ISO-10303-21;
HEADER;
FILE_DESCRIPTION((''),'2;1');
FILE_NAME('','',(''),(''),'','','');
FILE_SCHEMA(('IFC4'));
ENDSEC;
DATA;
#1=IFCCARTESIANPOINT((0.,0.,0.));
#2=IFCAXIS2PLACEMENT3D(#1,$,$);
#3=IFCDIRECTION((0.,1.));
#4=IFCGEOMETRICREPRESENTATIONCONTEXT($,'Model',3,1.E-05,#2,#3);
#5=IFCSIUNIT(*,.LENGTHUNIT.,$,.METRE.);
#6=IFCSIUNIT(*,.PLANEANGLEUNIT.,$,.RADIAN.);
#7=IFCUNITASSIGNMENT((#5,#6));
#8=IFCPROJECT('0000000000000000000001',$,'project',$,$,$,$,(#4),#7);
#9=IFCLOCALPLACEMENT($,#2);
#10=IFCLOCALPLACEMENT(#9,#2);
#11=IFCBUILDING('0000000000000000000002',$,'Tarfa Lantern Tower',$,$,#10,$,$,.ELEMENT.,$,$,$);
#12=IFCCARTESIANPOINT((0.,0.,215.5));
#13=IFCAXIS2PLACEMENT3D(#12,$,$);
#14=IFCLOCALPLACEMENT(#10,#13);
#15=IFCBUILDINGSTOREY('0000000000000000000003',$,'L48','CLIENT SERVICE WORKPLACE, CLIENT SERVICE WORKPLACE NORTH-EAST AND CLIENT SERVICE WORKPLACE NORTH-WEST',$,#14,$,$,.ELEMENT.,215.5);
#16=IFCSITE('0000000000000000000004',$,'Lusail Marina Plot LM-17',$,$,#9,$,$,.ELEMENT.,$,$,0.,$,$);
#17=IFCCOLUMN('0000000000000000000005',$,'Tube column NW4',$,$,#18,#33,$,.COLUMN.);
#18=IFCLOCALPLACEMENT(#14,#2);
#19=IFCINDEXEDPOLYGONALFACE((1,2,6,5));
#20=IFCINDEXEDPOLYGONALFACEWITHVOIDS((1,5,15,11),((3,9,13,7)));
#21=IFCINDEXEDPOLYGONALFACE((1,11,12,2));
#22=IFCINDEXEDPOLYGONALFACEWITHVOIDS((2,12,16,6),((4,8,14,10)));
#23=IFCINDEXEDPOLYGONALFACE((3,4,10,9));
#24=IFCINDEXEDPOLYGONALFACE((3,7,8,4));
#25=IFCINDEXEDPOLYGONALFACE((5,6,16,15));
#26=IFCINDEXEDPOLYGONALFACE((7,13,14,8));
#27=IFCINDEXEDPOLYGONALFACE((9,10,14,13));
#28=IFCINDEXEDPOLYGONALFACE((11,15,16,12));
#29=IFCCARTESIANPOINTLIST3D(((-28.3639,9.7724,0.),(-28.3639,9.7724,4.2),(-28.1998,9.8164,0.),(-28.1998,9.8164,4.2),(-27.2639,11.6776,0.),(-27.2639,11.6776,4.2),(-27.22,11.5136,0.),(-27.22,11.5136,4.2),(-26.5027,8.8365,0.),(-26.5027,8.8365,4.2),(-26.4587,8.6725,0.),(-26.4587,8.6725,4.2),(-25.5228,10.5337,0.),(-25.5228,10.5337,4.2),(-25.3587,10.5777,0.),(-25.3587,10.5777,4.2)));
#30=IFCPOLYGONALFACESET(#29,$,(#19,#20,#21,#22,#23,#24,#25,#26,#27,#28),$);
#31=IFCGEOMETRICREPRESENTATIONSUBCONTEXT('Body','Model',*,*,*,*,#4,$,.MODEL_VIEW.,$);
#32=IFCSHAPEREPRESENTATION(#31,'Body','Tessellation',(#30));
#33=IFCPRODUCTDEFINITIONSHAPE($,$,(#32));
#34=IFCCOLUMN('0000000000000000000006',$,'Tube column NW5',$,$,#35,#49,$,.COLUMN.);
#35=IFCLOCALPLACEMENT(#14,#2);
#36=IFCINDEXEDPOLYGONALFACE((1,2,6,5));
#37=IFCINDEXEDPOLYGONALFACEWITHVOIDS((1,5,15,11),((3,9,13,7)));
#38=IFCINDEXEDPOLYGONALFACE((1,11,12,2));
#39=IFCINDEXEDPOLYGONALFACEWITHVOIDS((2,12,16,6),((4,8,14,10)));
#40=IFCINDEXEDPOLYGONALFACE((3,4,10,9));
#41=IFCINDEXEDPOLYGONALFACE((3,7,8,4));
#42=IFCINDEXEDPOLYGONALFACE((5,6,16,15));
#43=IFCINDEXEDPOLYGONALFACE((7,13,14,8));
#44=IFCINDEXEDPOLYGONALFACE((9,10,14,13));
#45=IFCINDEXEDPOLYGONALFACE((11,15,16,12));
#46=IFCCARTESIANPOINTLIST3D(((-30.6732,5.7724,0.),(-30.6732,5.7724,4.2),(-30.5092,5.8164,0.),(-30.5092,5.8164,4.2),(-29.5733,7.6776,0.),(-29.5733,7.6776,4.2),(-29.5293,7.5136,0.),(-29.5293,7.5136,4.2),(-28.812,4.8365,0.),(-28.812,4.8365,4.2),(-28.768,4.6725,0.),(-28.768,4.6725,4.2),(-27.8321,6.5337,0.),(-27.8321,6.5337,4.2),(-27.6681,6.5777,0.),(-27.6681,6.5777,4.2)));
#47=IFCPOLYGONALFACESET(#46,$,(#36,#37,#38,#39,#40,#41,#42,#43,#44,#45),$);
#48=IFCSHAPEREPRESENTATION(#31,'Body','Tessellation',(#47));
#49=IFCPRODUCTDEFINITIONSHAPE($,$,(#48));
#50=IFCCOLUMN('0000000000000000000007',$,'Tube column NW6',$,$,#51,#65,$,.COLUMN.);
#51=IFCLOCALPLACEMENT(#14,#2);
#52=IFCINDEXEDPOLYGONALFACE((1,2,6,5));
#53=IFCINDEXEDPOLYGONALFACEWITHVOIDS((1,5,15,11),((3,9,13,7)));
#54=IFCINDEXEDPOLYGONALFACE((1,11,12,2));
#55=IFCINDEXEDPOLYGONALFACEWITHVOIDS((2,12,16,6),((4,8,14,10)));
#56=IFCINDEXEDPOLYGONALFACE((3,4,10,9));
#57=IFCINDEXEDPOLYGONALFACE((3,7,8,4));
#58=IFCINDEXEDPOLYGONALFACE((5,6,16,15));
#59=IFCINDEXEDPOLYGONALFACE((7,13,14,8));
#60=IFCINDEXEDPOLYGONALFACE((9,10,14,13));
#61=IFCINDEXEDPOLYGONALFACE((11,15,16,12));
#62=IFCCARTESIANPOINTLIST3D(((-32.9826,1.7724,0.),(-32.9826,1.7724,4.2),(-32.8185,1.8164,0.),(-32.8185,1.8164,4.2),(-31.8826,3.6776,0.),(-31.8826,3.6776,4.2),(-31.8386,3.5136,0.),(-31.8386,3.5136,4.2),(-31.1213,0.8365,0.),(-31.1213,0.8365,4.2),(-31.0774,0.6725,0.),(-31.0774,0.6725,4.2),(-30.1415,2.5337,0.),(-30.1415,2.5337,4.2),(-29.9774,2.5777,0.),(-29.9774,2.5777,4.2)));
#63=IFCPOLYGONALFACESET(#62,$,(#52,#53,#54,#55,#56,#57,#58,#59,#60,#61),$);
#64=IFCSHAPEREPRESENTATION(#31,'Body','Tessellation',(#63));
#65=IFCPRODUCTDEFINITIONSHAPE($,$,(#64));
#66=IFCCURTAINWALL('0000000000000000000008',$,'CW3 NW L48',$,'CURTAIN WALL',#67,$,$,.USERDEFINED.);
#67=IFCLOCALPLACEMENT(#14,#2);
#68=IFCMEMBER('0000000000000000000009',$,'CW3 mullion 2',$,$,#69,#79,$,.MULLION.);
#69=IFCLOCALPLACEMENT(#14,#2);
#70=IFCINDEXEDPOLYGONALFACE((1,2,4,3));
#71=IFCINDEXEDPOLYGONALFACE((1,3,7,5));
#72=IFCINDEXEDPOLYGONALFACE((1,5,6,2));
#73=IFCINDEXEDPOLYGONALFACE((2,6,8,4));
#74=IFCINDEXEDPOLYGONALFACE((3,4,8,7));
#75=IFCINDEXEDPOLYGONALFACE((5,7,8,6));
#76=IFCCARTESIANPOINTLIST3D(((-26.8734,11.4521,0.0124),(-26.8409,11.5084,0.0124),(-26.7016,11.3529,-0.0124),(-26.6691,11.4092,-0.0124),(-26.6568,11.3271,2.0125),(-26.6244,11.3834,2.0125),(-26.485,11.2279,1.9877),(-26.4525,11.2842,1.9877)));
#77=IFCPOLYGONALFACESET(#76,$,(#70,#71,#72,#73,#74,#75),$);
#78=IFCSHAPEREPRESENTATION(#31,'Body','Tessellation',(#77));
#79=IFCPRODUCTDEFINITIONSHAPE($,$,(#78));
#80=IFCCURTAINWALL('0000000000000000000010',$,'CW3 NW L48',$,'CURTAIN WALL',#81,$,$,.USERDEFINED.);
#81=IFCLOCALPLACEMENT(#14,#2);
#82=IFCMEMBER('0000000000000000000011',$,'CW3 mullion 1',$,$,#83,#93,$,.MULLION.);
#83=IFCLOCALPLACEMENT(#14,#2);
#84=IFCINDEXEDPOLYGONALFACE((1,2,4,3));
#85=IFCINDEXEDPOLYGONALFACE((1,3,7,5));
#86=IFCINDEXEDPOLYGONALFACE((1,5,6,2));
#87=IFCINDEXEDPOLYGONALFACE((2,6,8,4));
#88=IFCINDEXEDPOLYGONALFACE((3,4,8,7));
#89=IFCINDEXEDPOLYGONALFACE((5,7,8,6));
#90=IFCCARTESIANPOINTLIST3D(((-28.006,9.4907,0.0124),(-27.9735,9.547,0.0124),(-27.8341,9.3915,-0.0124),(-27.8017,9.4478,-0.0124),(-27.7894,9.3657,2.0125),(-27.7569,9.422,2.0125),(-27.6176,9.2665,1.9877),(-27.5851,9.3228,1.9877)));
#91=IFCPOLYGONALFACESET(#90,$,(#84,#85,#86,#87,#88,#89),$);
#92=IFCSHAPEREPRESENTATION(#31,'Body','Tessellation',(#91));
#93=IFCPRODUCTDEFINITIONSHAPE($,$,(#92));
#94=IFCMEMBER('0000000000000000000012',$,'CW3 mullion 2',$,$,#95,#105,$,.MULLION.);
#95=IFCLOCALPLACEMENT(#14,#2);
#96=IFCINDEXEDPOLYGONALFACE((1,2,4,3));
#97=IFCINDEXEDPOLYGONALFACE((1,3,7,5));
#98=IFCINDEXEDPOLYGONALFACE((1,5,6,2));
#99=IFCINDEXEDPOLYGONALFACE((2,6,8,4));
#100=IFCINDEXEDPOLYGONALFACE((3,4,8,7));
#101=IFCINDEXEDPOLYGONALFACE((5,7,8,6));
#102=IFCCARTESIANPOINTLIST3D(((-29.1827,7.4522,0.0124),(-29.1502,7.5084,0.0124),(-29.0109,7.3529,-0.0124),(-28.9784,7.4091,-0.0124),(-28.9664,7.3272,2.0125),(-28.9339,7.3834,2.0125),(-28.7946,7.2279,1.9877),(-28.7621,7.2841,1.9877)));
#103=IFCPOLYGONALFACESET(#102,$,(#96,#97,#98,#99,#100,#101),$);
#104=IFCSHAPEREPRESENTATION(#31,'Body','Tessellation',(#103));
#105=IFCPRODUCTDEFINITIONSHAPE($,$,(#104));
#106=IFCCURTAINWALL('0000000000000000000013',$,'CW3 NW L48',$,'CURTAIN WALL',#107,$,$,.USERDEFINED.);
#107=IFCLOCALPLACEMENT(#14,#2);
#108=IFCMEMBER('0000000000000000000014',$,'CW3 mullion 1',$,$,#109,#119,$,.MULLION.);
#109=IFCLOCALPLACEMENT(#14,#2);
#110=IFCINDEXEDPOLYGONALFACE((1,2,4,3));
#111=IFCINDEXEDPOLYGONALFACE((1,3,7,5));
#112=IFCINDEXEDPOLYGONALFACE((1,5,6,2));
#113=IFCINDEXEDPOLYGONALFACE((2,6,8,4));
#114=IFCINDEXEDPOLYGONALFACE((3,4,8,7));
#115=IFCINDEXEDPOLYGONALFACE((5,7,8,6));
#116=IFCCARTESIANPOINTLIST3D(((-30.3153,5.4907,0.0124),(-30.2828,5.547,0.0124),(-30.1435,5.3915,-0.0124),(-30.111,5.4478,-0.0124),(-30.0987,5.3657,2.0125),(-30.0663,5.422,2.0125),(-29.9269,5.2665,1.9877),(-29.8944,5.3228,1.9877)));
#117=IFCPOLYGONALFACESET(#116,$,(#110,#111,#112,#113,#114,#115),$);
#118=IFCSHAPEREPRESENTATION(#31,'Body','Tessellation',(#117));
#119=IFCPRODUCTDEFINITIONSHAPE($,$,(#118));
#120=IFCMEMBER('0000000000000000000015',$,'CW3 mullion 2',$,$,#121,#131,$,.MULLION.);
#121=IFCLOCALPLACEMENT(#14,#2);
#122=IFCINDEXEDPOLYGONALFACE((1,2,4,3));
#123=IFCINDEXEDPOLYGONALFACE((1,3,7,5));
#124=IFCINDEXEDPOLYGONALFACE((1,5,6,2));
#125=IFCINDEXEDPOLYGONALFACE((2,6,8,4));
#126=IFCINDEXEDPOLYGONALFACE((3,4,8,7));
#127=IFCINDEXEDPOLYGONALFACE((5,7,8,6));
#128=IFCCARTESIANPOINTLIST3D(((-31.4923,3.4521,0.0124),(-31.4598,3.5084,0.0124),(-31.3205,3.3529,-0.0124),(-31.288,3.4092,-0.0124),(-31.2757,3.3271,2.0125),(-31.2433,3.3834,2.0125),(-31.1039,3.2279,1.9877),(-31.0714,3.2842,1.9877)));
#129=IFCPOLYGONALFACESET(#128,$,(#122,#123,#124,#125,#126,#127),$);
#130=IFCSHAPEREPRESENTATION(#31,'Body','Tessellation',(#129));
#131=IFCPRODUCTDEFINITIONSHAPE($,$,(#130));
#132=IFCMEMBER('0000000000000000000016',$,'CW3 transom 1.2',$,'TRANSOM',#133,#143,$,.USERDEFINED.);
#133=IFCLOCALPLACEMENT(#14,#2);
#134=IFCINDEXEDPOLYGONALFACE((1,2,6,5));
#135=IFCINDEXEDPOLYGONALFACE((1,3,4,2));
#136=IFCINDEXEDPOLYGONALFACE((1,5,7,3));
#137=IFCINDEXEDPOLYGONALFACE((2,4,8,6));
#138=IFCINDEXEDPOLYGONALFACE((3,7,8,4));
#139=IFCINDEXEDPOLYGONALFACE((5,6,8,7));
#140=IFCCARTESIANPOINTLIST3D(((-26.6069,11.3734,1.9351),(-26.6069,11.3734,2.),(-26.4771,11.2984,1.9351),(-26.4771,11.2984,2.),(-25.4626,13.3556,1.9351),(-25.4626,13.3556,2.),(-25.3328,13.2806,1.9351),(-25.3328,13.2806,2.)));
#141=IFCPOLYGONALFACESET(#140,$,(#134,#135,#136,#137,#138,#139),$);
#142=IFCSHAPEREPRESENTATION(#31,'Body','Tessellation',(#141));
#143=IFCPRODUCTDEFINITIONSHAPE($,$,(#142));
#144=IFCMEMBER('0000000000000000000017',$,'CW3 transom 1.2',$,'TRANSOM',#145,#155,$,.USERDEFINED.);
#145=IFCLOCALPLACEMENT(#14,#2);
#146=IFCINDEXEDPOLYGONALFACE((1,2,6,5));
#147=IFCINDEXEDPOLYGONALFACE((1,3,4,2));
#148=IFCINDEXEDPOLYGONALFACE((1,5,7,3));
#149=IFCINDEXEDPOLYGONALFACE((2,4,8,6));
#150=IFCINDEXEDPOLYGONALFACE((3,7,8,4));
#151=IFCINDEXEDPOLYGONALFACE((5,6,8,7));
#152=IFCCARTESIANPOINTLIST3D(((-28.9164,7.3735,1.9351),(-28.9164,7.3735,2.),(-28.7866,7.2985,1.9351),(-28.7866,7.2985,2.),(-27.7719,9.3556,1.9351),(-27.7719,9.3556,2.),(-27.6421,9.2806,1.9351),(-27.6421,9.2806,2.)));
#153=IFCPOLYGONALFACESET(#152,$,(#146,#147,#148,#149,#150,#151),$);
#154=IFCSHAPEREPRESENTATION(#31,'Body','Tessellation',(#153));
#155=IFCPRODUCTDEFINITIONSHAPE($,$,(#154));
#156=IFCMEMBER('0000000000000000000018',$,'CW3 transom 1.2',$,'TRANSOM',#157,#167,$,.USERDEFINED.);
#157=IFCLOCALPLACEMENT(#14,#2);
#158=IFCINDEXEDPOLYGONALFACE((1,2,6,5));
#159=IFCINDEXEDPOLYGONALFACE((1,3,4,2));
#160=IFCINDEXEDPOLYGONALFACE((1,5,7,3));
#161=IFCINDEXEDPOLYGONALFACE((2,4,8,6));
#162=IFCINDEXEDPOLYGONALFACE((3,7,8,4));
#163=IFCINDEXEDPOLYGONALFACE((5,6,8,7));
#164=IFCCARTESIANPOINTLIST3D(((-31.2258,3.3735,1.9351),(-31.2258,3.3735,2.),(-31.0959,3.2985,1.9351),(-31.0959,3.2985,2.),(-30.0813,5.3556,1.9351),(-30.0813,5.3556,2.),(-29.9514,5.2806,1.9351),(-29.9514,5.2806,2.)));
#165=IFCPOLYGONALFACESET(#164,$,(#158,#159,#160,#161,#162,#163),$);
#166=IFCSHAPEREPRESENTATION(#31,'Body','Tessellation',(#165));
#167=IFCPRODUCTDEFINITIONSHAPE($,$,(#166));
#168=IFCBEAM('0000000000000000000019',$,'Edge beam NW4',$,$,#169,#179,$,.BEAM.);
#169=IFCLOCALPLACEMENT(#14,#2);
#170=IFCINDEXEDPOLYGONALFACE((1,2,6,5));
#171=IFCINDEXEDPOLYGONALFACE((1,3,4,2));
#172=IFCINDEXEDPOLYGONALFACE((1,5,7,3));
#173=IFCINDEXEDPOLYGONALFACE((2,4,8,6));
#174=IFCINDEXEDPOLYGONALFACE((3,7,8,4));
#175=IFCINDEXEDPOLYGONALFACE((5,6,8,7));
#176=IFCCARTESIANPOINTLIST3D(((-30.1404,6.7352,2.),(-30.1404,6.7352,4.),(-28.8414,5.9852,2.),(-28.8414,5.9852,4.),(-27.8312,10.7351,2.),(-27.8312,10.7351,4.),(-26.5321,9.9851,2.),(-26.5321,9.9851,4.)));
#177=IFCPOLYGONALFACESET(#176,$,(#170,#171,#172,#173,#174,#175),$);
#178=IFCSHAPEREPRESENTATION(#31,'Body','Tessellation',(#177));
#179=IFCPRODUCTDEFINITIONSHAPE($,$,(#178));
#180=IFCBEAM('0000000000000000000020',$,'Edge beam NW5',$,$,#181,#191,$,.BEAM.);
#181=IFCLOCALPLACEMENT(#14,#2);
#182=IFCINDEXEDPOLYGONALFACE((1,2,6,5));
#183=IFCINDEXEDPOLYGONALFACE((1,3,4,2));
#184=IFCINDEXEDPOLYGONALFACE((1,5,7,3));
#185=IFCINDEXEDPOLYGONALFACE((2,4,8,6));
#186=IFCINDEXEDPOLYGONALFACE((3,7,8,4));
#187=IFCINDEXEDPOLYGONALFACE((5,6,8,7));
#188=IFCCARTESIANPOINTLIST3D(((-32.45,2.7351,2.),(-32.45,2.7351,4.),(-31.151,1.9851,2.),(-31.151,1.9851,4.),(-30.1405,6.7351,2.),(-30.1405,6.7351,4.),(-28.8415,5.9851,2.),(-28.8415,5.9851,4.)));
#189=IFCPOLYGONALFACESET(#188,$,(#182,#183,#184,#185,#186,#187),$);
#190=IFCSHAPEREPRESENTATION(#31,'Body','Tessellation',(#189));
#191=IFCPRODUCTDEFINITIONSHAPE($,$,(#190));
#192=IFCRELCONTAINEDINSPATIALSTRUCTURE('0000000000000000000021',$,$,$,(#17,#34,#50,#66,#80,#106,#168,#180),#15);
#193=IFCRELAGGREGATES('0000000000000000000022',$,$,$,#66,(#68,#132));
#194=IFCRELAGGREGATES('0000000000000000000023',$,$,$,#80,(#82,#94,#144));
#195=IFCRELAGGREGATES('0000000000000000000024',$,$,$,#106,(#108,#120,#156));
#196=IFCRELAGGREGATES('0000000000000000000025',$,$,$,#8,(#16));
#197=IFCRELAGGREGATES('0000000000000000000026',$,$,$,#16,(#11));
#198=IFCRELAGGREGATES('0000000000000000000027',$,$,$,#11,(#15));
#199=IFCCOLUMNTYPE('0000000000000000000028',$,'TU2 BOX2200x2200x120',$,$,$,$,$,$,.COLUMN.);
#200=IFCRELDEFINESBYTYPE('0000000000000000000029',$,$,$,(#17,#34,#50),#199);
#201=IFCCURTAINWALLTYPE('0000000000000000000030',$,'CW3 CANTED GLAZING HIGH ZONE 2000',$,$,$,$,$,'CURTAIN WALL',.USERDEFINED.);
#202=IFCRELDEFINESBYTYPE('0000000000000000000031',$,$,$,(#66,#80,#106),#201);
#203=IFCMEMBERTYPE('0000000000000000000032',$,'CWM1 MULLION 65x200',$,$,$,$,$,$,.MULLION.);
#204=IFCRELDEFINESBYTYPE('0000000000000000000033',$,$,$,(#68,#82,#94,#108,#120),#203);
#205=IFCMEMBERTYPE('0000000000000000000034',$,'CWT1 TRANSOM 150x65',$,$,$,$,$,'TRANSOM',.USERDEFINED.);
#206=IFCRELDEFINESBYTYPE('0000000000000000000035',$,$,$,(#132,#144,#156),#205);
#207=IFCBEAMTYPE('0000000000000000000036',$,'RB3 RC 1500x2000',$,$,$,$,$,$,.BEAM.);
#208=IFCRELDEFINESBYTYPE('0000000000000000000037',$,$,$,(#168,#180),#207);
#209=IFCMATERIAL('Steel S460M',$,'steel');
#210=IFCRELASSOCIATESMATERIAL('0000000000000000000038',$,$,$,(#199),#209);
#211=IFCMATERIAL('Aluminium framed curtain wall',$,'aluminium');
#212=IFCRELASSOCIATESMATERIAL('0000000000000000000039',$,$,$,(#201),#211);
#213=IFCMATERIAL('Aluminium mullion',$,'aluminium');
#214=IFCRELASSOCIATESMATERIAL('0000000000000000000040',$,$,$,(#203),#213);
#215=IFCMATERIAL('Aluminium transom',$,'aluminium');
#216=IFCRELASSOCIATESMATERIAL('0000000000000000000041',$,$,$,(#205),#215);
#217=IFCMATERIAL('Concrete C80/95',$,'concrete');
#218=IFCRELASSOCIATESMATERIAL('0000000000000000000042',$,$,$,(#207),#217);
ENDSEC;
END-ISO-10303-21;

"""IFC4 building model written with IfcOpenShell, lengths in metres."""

from ifc_helpers import new_model, si_unit, direction, frame, origin, origin_2d, place, context, subcontext, project, spatial, rectangle, hollow_rectangle, extrude, material, material_profile, profile_set, type_object, element, aggregate, save


model = new_model("IFC4")

# Units and contexts
model_context = context("Model", 3, precision=1e-05, world=origin(), true_north=direction((0.0, 1.0)))
body_context = subcontext(model_context, "Body", "Model", "MODEL_VIEW")
ifc_project = project(units=[si_unit("LENGTHUNIT", "METRE"), si_unit("PLANEANGLEUNIT", "RADIAN")], contexts=[model_context])

# Site, building, storey
site_placement = place(None, origin())
site = spatial("IfcSite", under=ifc_project, at=site_placement, Name="Lusail Marina Plot LM-17", CompositionType="ELEMENT", RefElevation=0.0)
building_placement = place(site_placement, origin())
building = spatial("IfcBuilding", under=site, at=building_placement, Name="Tarfa Lantern Tower", CompositionType="ELEMENT")
storey_placement = place(building_placement, frame((0.0, 0.0, 215.5)))
storey = spatial("IfcBuildingStorey", under=building, at=storey_placement, Name="L48", Description="CLIENT SERVICE WORKPLACE, CLIENT SERVICE WORKPLACE NORTH-EAST AND CLIENT SERVICE WORKPLACE NORTH-WEST", CompositionType="ELEMENT", Elevation=215.5)

# Columns
ifc_material_1 = material(Name="Steel S460M", Category="steel")
ifc_material_profile_1 = material_profile(ifc_material_1, hollow_rectangle(XDim=2.2, YDim=2.2, WallThickness=0.1201, at=origin_2d()), Name="BOX2200x2200x120")
ifc_profile_set_1 = profile_set([ifc_material_profile_1], Name="Steel S460M")
column_type = type_object("IfcColumnType", Name="TU2 BOX2200x2200x120", PredefinedType="COLUMN", material=ifc_profile_set_1)
for number, where, z_axis, x_axis, name in (
    (1, (-26.8613, 10.175, 0.0), (0.0, 0.0, 1.0), (-0.5, -0.866025, 0.0), "Tube column NW4"),
    (2, (-29.1707, 6.175, 0.0), (0.0, 0.0, 1.0), (-0.5, -0.866025, 0.0), "Tube column NW5"),
    (3, (-31.48, 2.175, 0.0), (0.0, 0.0, 1.0), (-0.5, -0.866025, 0.0), "Tube column NW6"),
):
    element("IfcColumn", number, at=place(storey_placement, frame(where, z_axis=z_axis, x_axis=x_axis)), inside=storey, type_object=column_type, Name=name, PredefinedType="COLUMN", context=body_context, shape_type="SweptSolid", body=[
        extrude(hollow_rectangle(XDim=2.2, YDim=2.2, WallThickness=0.1201, at=origin_2d()), origin(), (0.0, 0.0, 1.0), 4.2),
    ])

# Curtain wall, member
ifc_material_2 = material(Name="Aluminium framed curtain wall", Category="aluminium")
curtain_wall_type = type_object("IfcCurtainWallType", Name="CW3 CANTED GLAZING HIGH ZONE 2000", ElementType="CURTAIN WALL", PredefinedType="USERDEFINED", material=ifc_material_2)
curtain_wall_1_placement = place(storey_placement, origin())
curtain_wall_1 = element("IfcCurtainWall", 4, at=curtain_wall_1_placement, inside=storey, type_object=curtain_wall_type, Name="CW3 NW L48", ObjectType="CURTAIN WALL", PredefinedType="USERDEFINED")
ifc_material_3 = material(Name="Aluminium mullion", Category="aluminium")
ifc_material_profile_2 = material_profile(ifc_material_3, rectangle(XDim=0.0649, YDim=0.2, at=origin_2d()), Name="AL MULLION 65x200")
ifc_profile_set_2 = profile_set([ifc_material_profile_2], Name="Aluminium mullion")
member_type_1 = type_object("IfcMemberType", Name="CWM1 MULLION 65x200", PredefinedType="MULLION", material=ifc_profile_set_2)
member_1_placement = place(storey_placement, frame((-26.7712, 11.4307, 0.0), z_axis=(0.10744, -0.062017, 0.992275), x_axis=(0.49992, 0.866072, 0.0)))
member_1 = element("IfcMember", 5, at=member_1_placement, type_object=member_type_1, Name="CW3 mullion 2", PredefinedType="MULLION", context=body_context, shape_type="SweptSolid", body=[
    extrude(rectangle(XDim=0.0649, YDim=0.2, at=origin_2d()), origin(), (0.0, 0.0, 1.0), 2.0156),
])

# Curtain walls, members
curtain_wall_2_placement = place(storey_placement, origin())
curtain_wall_2 = element("IfcCurtainWall", 6, at=curtain_wall_2_placement, inside=storey, type_object=curtain_wall_type, Name="CW3 NW L48", ObjectType="CURTAIN WALL", PredefinedType="USERDEFINED")
member_2_placement = place(storey_placement, frame((-27.9038, 9.4692, 0.0), z_axis=(0.10744, -0.062017, 0.992275), x_axis=(0.49992, 0.866072, 0.0)))
member_2 = element("IfcMember", 7, at=member_2_placement, type_object=member_type_1, Name="CW3 mullion 1", PredefinedType="MULLION", context=body_context, shape_type="SweptSolid", body=[
    extrude(rectangle(XDim=0.0649, YDim=0.2, at=origin_2d()), origin(), (0.0, 0.0, 1.0), 2.0156),
])
member_3_placement = place(storey_placement, frame((-29.0806, 7.4307, 0.0), z_axis=(0.10732, -0.062018, 0.992288), x_axis=(0.500343, 0.865827, 0.0)))
member_3 = element("IfcMember", 8, at=member_3_placement, type_object=member_type_1, Name="CW3 mullion 2", PredefinedType="MULLION", context=body_context, shape_type="SweptSolid", body=[
    extrude(rectangle(XDim=0.0649, YDim=0.2, at=origin_2d()), origin(), (0.0, 0.0, 1.0), 2.0156),
])
curtain_wall_3_placement = place(storey_placement, origin())
curtain_wall_3 = element("IfcCurtainWall", 9, at=curtain_wall_3_placement, inside=storey, type_object=curtain_wall_type, Name="CW3 NW L48", ObjectType="CURTAIN WALL", PredefinedType="USERDEFINED")
member_4_placement = place(storey_placement, frame((-30.2131, 5.4692, 0.0), z_axis=(0.10744, -0.062017, 0.992275), x_axis=(0.49992, 0.866072, 0.0)))
member_4 = element("IfcMember", 10, at=member_4_placement, type_object=member_type_1, Name="CW3 mullion 1", PredefinedType="MULLION", context=body_context, shape_type="SweptSolid", body=[
    extrude(rectangle(XDim=0.0649, YDim=0.2, at=origin_2d()), origin(), (0.0, 0.0, 1.0), 2.0156),
])
member_5_placement = place(storey_placement, frame((-31.3901, 3.4307, 0.0), z_axis=(0.10744, -0.062017, 0.992275), x_axis=(0.49992, 0.866072, 0.0)))
member_5 = element("IfcMember", 11, at=member_5_placement, type_object=member_type_1, Name="CW3 mullion 2", PredefinedType="MULLION", context=body_context, shape_type="SweptSolid", body=[
    extrude(rectangle(XDim=0.0649, YDim=0.2, at=origin_2d()), origin(), (0.0, 0.0, 1.0), 2.0156),
])

# Members
ifc_material_4 = material(Name="Aluminium transom", Category="aluminium")
ifc_material_profile_3 = material_profile(ifc_material_4, rectangle(XDim=0.1499, YDim=0.0649, at=origin_2d()), Name="AL TRANSOM 150x65")
ifc_profile_set_3 = profile_set([ifc_material_profile_3], Name="Aluminium transom")
member_type_2 = type_object("IfcMemberType", Name="CWT1 TRANSOM 150x65", ElementType="TRANSOM", PredefinedType="USERDEFINED", material=ifc_profile_set_3)
member_6_placement = place(storey_placement, frame((-25.3977, 13.3181, 1.9675), z_axis=(-0.499959, -0.866049, 0.0), x_axis=(0.866049, -0.499959, 0.0)))
member_6 = element("IfcMember", 12, at=member_6_placement, type_object=member_type_2, Name="CW3 transom 1.2", ObjectType="TRANSOM", PredefinedType="USERDEFINED", context=body_context, shape_type="SweptSolid", body=[
    extrude(rectangle(XDim=0.1499, YDim=0.0649, at=origin_2d()), origin(), (0.0, 0.0, 1.0), 2.2888),
])
member_7_placement = place(storey_placement, frame((-27.707, 9.3181, 1.9675), z_axis=(-0.500039, -0.866003, 0.0), x_axis=(0.866003, -0.500039, 0.0)))
member_7 = element("IfcMember", 13, at=member_7_placement, type_object=member_type_2, Name="CW3 transom 1.2", ObjectType="TRANSOM", PredefinedType="USERDEFINED", context=body_context, shape_type="SweptSolid", body=[
    extrude(rectangle(XDim=0.1499, YDim=0.0649, at=origin_2d()), origin(), (0.0, 0.0, 1.0), 2.2888),
])
member_8_placement = place(storey_placement, frame((-30.0164, 5.3181, 1.9675), z_axis=(-0.500039, -0.866003, 0.0), x_axis=(0.866003, -0.500039, 0.0)))
member_8 = element("IfcMember", 14, at=member_8_placement, type_object=member_type_2, Name="CW3 transom 1.2", ObjectType="TRANSOM", PredefinedType="USERDEFINED", context=body_context, shape_type="SweptSolid", body=[
    extrude(rectangle(XDim=0.1499, YDim=0.0649, at=origin_2d()), origin(), (0.0, 0.0, 1.0), 2.2888),
])

# Beams
ifc_material_5 = material(Name="Concrete C80/95", Category="concrete")
ifc_material_profile_4 = material_profile(ifc_material_5, rectangle(XDim=1.5, YDim=2.0, at=origin_2d()), Name="RC 1500x2000")
ifc_profile_set_4 = profile_set([ifc_material_profile_4], Name="Concrete C80/95")
beam_type_1 = type_object("IfcBeamType", Name="RB3 RC 1500x2000", PredefinedType="BEAM", material=ifc_profile_set_4)
beam_1_placement = place(storey_placement, frame((-27.1816, 10.3601, 3.0), z_axis=(-0.499988, -0.866032, 0.0), x_axis=(0.866032, -0.499988, 0.0)))
element("IfcBeam", 15, at=beam_1_placement, inside=storey, type_object=beam_type_1, Name="Edge beam NW4", PredefinedType="BEAM", context=body_context, shape_type="SweptSolid", body=[
    extrude(rectangle(XDim=1.5, YDim=2.0, at=origin_2d()), origin(), (0.0, 0.0, 1.0), 4.6187),
])
beam_2_placement = place(storey_placement, frame((-29.491, 6.3601, 3.0), z_axis=(-0.500027, -0.86601, 0.0), x_axis=(0.86601, -0.500027, 0.0)))
element("IfcBeam", 16, at=beam_2_placement, inside=storey, type_object=beam_type_1, Name="Edge beam NW5", PredefinedType="BEAM", context=body_context, shape_type="SweptSolid", body=[
    extrude(rectangle(XDim=1.5, YDim=2.0, at=origin_2d()), origin(), (0.0, 0.0, 1.0), 4.6189),
])

aggregate(curtain_wall_1, [member_1, member_6])
aggregate(curtain_wall_2, [member_2, member_3, member_7])
aggregate(curtain_wall_3, [member_4, member_5, member_8])

save(model, "model.ifc")
